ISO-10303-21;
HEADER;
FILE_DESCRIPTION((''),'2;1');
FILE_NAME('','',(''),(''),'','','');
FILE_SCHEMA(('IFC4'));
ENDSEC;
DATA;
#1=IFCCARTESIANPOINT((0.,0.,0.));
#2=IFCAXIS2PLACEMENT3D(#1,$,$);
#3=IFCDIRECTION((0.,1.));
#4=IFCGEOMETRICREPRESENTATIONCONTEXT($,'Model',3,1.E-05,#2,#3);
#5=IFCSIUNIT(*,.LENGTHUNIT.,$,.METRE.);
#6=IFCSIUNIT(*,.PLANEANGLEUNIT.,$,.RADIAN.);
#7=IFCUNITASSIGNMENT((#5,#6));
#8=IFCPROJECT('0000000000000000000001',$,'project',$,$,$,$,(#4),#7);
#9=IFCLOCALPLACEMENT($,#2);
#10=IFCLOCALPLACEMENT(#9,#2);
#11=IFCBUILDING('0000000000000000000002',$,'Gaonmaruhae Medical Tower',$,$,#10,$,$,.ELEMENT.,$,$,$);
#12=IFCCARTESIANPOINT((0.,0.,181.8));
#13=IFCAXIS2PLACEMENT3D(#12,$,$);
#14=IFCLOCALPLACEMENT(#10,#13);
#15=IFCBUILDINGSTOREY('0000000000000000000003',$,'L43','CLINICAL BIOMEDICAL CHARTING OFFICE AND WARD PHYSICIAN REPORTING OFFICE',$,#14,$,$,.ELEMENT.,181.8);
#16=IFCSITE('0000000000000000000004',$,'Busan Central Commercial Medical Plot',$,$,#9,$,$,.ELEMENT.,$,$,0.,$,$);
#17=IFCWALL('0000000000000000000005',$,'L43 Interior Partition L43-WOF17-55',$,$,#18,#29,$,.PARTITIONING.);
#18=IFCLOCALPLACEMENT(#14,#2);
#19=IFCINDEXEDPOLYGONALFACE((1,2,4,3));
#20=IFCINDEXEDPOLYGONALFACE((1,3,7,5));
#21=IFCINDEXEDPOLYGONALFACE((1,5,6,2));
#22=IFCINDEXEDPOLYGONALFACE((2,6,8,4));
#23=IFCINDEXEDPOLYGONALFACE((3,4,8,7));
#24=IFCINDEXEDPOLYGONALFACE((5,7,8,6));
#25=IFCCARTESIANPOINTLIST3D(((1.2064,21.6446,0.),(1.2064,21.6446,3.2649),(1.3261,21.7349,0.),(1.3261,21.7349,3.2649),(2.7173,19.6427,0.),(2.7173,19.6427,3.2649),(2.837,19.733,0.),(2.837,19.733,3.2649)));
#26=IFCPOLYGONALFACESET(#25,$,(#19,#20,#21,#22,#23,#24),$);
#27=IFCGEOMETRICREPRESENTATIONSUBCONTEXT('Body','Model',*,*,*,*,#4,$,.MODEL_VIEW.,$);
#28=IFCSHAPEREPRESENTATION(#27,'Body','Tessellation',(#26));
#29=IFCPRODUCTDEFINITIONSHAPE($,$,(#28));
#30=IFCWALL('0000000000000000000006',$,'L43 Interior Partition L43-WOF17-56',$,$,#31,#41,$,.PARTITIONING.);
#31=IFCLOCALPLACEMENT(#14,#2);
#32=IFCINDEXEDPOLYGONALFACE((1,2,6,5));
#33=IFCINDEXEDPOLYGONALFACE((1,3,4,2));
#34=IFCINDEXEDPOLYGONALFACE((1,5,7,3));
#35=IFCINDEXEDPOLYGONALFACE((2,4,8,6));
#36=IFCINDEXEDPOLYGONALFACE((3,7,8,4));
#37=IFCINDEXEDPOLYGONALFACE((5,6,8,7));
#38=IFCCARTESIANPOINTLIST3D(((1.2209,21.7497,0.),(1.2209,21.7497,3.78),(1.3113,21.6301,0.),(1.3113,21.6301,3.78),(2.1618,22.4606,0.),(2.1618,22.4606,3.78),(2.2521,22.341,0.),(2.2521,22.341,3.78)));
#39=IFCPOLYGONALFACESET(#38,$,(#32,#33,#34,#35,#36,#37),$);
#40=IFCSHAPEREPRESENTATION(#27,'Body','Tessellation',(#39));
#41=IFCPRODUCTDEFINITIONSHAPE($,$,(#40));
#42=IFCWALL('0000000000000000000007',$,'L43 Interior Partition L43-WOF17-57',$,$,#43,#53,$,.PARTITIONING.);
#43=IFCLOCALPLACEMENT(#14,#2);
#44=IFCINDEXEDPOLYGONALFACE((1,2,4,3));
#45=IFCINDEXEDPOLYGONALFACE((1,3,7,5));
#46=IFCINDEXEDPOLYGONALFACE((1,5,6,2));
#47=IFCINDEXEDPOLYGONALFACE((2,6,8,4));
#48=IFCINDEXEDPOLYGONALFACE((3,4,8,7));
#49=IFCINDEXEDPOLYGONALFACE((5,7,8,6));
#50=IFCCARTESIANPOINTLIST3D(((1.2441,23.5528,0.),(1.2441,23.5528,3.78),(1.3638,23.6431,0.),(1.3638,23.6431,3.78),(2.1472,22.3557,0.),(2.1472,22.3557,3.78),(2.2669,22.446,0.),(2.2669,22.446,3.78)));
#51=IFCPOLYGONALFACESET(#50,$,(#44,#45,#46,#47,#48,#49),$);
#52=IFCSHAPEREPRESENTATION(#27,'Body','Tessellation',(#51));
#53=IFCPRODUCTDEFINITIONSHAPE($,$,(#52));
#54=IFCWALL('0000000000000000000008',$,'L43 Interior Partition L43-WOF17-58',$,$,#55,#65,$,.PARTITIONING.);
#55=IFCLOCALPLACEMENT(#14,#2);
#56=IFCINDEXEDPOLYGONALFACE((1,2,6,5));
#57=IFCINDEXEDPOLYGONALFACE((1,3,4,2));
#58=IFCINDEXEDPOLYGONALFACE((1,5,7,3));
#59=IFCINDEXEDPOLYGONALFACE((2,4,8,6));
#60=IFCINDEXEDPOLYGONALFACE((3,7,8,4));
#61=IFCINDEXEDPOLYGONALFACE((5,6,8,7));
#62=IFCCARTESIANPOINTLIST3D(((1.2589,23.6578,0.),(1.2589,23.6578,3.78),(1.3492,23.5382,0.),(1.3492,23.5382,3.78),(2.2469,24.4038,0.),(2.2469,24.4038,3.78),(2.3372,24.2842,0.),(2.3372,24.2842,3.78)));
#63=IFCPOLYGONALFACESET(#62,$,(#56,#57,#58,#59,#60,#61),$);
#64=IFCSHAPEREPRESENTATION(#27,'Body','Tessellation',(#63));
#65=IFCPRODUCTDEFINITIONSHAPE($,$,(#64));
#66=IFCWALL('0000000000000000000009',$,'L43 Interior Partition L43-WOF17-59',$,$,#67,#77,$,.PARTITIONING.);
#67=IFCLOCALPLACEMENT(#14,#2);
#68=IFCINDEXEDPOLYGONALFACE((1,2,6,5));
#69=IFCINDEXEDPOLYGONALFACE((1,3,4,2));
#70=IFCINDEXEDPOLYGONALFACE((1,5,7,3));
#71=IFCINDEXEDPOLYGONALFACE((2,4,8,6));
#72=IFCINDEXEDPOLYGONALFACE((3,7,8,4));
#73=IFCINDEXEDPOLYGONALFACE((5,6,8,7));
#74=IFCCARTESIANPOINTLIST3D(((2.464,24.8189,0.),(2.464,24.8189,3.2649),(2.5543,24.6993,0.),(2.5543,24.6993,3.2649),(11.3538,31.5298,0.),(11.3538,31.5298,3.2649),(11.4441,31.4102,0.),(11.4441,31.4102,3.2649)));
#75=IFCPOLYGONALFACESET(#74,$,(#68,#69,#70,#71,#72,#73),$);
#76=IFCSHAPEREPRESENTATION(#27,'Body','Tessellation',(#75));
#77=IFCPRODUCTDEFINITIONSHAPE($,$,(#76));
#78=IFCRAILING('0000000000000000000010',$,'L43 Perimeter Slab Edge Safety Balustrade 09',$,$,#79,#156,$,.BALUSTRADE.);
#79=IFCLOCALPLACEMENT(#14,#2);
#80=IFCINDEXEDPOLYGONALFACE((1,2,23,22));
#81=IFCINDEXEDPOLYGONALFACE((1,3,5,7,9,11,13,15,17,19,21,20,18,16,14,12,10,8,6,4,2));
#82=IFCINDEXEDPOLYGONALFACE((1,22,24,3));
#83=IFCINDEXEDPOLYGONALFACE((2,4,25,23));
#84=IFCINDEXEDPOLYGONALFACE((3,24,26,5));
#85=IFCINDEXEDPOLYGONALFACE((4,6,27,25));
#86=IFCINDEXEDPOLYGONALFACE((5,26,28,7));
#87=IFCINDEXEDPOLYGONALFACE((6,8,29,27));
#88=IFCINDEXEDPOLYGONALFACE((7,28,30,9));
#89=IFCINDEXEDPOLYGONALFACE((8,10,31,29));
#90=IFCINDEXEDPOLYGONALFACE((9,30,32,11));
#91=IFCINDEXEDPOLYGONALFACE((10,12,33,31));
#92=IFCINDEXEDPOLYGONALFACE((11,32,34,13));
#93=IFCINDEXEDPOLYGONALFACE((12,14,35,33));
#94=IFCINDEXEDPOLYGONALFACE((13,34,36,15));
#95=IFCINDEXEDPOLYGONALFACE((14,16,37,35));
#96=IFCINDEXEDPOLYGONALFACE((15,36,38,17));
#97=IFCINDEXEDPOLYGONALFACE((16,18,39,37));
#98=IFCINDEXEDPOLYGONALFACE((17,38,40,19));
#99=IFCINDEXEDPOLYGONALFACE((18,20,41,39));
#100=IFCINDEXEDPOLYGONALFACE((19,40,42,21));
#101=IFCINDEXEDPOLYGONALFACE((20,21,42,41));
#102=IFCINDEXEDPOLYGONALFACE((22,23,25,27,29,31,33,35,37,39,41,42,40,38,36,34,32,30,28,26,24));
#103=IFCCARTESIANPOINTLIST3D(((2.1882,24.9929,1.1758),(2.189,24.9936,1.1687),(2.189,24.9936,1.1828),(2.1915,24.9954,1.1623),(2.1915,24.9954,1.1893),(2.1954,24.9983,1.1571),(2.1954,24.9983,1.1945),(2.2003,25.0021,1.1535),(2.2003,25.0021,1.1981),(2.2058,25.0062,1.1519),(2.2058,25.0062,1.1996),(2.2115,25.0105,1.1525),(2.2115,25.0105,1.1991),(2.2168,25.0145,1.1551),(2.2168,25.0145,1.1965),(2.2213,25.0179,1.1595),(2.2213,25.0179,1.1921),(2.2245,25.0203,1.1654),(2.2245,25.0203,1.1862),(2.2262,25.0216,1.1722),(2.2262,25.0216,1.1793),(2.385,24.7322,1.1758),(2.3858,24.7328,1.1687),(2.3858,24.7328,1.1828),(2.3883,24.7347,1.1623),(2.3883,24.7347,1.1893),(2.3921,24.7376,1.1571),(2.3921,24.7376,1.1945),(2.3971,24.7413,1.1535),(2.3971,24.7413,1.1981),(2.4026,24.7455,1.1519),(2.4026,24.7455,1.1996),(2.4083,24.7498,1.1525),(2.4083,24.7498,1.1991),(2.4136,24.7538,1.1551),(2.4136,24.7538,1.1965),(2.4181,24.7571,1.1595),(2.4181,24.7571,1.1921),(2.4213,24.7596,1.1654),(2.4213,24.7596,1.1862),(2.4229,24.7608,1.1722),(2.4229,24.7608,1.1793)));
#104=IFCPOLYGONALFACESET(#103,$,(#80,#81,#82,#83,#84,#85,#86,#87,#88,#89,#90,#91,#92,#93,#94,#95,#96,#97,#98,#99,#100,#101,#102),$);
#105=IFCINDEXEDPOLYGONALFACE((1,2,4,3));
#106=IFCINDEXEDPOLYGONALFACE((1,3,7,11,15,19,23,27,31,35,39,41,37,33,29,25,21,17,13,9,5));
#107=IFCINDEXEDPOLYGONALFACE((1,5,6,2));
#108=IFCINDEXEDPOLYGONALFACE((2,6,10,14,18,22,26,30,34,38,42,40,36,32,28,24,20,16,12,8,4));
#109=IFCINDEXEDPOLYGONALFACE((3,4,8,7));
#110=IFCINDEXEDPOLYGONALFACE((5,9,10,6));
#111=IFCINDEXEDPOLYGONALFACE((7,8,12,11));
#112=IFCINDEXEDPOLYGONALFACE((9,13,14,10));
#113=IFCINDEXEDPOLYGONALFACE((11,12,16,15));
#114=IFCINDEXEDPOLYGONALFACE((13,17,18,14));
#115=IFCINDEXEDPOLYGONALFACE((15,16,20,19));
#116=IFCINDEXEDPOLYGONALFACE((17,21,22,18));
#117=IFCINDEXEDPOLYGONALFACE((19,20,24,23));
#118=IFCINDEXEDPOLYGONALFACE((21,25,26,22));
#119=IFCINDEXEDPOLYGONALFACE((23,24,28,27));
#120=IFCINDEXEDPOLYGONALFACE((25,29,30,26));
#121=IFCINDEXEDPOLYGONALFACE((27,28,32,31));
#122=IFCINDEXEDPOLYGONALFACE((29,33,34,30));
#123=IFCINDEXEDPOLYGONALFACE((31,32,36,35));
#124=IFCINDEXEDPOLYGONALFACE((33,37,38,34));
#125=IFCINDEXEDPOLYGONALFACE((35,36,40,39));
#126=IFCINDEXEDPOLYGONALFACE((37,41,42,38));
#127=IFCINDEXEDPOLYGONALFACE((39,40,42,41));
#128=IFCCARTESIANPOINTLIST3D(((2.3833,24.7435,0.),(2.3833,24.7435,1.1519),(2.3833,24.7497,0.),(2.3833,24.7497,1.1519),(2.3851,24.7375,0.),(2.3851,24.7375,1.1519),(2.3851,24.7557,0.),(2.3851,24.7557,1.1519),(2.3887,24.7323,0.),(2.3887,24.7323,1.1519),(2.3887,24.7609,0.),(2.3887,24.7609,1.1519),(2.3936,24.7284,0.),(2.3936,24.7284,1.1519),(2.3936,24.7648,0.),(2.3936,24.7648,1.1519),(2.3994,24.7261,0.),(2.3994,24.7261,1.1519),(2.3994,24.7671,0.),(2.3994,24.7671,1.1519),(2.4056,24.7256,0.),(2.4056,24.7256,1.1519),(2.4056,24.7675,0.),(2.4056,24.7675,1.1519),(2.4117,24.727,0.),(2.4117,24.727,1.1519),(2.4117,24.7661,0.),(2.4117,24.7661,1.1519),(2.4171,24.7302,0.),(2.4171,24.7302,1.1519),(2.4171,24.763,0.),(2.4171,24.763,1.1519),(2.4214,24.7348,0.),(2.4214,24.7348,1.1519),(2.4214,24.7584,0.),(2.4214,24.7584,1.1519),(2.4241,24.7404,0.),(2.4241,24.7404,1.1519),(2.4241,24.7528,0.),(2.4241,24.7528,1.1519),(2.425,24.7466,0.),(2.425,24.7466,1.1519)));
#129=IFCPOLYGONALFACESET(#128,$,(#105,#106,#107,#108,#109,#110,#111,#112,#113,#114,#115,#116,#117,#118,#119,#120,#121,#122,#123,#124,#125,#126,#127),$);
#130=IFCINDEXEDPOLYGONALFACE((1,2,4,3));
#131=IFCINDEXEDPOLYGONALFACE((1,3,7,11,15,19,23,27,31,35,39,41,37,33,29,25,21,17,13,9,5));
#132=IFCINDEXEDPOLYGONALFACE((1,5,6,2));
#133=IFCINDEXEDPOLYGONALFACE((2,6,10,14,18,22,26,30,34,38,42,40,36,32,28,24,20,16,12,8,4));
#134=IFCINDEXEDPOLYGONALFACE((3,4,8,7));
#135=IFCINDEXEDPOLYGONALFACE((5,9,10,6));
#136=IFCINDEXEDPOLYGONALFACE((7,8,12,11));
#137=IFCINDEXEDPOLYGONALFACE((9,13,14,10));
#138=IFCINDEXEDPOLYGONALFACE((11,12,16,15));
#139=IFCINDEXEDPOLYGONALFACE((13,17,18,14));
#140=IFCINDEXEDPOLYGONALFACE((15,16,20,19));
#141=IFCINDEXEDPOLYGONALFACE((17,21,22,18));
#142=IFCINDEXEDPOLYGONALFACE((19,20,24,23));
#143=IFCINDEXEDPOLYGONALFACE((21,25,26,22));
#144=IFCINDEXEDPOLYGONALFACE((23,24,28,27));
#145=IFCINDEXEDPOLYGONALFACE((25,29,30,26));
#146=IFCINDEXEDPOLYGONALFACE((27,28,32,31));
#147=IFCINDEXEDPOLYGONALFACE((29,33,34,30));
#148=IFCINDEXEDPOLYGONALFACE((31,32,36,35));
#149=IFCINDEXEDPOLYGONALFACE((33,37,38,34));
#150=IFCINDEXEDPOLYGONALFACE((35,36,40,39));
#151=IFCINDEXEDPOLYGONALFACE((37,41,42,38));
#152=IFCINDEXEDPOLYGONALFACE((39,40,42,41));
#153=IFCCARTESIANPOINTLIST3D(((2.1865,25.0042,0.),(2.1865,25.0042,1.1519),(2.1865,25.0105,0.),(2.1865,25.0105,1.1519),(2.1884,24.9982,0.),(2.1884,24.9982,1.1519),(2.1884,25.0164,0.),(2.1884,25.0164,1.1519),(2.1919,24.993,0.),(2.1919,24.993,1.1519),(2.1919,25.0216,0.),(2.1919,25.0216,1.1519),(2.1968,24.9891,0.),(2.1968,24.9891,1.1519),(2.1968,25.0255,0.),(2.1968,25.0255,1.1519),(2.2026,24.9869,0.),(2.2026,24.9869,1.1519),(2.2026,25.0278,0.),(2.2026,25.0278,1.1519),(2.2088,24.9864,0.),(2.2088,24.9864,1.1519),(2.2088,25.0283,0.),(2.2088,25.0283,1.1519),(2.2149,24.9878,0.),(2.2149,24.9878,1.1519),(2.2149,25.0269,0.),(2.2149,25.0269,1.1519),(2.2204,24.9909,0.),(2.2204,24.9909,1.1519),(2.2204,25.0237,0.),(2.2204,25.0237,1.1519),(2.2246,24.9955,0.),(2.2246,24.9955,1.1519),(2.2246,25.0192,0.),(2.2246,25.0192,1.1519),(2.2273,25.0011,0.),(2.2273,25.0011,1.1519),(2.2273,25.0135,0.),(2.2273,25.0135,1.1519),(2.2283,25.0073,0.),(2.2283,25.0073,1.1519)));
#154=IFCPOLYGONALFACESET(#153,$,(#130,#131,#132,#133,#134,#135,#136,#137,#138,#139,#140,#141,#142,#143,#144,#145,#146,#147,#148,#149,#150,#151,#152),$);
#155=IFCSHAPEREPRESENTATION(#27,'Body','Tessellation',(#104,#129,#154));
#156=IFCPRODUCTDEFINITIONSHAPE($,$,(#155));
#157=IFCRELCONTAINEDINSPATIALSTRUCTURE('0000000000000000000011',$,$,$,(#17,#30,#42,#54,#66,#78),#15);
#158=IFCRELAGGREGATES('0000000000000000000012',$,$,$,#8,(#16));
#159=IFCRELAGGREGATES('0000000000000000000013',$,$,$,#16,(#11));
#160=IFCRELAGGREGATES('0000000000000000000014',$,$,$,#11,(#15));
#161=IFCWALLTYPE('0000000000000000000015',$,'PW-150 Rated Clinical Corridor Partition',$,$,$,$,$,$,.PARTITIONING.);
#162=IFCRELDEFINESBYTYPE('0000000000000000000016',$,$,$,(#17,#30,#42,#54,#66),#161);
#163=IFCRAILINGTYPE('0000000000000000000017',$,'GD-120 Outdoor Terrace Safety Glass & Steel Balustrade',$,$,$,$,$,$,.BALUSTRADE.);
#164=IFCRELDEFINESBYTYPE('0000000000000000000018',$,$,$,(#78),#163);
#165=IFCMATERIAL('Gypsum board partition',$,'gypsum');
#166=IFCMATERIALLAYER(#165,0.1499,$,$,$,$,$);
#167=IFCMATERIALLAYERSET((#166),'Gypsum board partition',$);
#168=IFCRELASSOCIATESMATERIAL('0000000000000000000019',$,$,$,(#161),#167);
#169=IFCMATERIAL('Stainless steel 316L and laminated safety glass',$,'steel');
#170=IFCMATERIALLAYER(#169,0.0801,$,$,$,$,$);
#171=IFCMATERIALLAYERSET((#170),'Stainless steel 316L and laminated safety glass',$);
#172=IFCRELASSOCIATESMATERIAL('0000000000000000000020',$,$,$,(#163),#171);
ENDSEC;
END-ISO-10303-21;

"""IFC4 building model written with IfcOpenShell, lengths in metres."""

from ifc_helpers import new_model, si_unit, direction, frame, frame_2d, origin, origin_2d, place, context, subcontext, project, spatial, rectangle, circle, extrude, material, layer, layer_set, type_object, element, save


model = new_model("IFC4")

# Units and contexts
model_context = context("Model", 3, precision=1e-05, world=origin(), true_north=direction((0.0, 1.0)))
body_context = subcontext(model_context, "Body", "Model", "MODEL_VIEW")
ifc_project = project(units=[si_unit("LENGTHUNIT", "METRE"), si_unit("PLANEANGLEUNIT", "RADIAN")], contexts=[model_context])

# Site, building, storey
site_placement = place(None, origin())
site = spatial("IfcSite", under=ifc_project, at=site_placement, Name="Busan Central Commercial Medical Plot", CompositionType="ELEMENT", RefElevation=0.0)
building_placement = place(site_placement, origin())
building = spatial("IfcBuilding", under=site, at=building_placement, Name="Gaonmaruhae Medical Tower", CompositionType="ELEMENT")
storey_placement = place(building_placement, frame((0.0, 0.0, 181.8)))
storey = spatial("IfcBuildingStorey", under=building, at=storey_placement, Name="L43", Description="CLINICAL BIOMEDICAL CHARTING OFFICE AND WARD PHYSICIAN REPORTING OFFICE", CompositionType="ELEMENT", Elevation=181.8)

# Walls
ifc_material_1 = material(Name="Gypsum board partition", Category="gypsum")
ifc_layer_1 = layer(ifc_material_1, 0.1499)
ifc_layer_set_1 = layer_set([ifc_layer_1], Name="Gypsum board partition")
wall_type_1 = type_object("IfcWallType", Name="PW-150 Rated Clinical Corridor Partition", PredefinedType="PARTITIONING", material=ifc_layer_set_1)
wall_1_placement = place(storey_placement, frame((2.7771, 19.688, 0.0), z_axis=(0.0, 0.0, 1.0), x_axis=(-0.602427, 0.798174, 0.0)))
element("IfcWall", 1, at=wall_1_placement, inside=storey, type_object=wall_type_1, Name="L43 Interior Partition L43-WOF17-55", PredefinedType="PARTITIONING", context=body_context, shape_type="SweptSolid", body=[
    extrude(rectangle(XDim=2.5081, YDim=0.1499, at=frame_2d((1.2539, 0.0))), origin(), (0.0, 0.0, 1.0), 3.2649),
])
wall_2_placement = place(storey_placement, frame((1.2661, 21.6899, 0.0), z_axis=(0.0, 0.0, 1.0), x_axis=(0.797858, 0.602845, 0.0)))
element("IfcWall", 2, at=wall_2_placement, inside=storey, type_object=wall_type_1, Name="L43 Interior Partition L43-WOF17-56", PredefinedType="PARTITIONING", context=body_context, shape_type="SweptSolid", body=[
    extrude(rectangle(XDim=1.1792, YDim=0.1499, at=frame_2d((0.5896, 0.0))), origin(), (0.0, 0.0, 1.0), 3.78),
])
wall_3_placement = place(storey_placement, frame((2.207, 22.4009, 0.0), z_axis=(0.0, 0.0, 1.0), x_axis=(-0.602264, 0.798297, 0.0)))
element("IfcWall", 3, at=wall_3_placement, inside=storey, type_object=wall_type_1, Name="L43 Interior Partition L43-WOF17-57", PredefinedType="PARTITIONING", context=body_context, shape_type="SweptSolid", body=[
    extrude(rectangle(XDim=1.4995, YDim=0.1499, at=frame_2d((0.7498, 0.0))), origin(), (0.0, 0.0, 1.0), 3.78),
])
wall_4_placement = place(storey_placement, frame((1.304, 23.5979, 0.0), z_axis=(0.0, 0.0, 1.0), x_axis=(0.798032, 0.602615, 0.0)))
element("IfcWall", 4, at=wall_4_placement, inside=storey, type_object=wall_type_1, Name="L43 Interior Partition L43-WOF17-58", PredefinedType="PARTITIONING", context=body_context, shape_type="SweptSolid", body=[
    extrude(rectangle(XDim=1.238, YDim=0.1499, at=frame_2d((0.6191, 0.0))), origin(), (0.0, 0.0, 1.0), 3.78),
])
wall_5_placement = place(storey_placement, frame((2.509, 24.759, 0.0), z_axis=(0.0, 0.0, 1.0), x_axis=(0.798121, 0.602498, 0.0)))
element("IfcWall", 5, at=wall_5_placement, inside=storey, type_object=wall_type_1, Name="L43 Interior Partition L43-WOF17-59", PredefinedType="PARTITIONING", context=body_context, shape_type="SweptSolid", body=[
    extrude(rectangle(XDim=11.1384, YDim=0.1499, at=frame_2d((5.5693, 0.0))), origin(), (0.0, 0.0, 1.0), 3.2649),
])

# Railing
ifc_material_2 = material(Name="Stainless steel 316L and laminated safety glass", Category="steel")
ifc_layer_2 = layer(ifc_material_2, 0.0801)
ifc_layer_set_2 = layer_set([ifc_layer_2], Name="Stainless steel 316L and laminated safety glass")
railing_type = type_object("IfcRailingType", Name="GD-120 Outdoor Terrace Safety Glass & Steel Balustrade", PredefinedType="BALUSTRADE", material=ifc_layer_set_2)
railing_1_placement = place(storey_placement, frame((2.4041, 24.7466, 0.0)))
element("IfcRailing", 6, at=railing_1_placement, inside=storey, type_object=railing_type, Name="L43 Perimeter Slab Edge Safety Balustrade 09", PredefinedType="BALUSTRADE", context=body_context, shape_type="SweptSolid", body=[
    extrude(circle(Radius=0.0239, at=origin_2d()), frame((0.0, 0.0, 1.1758), z_axis=(-0.602389, 0.798203, 0.0), x_axis=(-0.798203, -0.602389, 0.0)), (0.0, 0.0, 1.0), 0.3267),
    extrude(circle(Radius=0.021, at=origin_2d()), origin(), (0.0, 0.0, 1.0), 1.1519),
    extrude(circle(Radius=0.021, at=origin_2d()), frame((-0.1968, 0.2607, 0.0)), (0.0, 0.0, 1.0), 1.1519),
])

save(model, "model.ifc")
